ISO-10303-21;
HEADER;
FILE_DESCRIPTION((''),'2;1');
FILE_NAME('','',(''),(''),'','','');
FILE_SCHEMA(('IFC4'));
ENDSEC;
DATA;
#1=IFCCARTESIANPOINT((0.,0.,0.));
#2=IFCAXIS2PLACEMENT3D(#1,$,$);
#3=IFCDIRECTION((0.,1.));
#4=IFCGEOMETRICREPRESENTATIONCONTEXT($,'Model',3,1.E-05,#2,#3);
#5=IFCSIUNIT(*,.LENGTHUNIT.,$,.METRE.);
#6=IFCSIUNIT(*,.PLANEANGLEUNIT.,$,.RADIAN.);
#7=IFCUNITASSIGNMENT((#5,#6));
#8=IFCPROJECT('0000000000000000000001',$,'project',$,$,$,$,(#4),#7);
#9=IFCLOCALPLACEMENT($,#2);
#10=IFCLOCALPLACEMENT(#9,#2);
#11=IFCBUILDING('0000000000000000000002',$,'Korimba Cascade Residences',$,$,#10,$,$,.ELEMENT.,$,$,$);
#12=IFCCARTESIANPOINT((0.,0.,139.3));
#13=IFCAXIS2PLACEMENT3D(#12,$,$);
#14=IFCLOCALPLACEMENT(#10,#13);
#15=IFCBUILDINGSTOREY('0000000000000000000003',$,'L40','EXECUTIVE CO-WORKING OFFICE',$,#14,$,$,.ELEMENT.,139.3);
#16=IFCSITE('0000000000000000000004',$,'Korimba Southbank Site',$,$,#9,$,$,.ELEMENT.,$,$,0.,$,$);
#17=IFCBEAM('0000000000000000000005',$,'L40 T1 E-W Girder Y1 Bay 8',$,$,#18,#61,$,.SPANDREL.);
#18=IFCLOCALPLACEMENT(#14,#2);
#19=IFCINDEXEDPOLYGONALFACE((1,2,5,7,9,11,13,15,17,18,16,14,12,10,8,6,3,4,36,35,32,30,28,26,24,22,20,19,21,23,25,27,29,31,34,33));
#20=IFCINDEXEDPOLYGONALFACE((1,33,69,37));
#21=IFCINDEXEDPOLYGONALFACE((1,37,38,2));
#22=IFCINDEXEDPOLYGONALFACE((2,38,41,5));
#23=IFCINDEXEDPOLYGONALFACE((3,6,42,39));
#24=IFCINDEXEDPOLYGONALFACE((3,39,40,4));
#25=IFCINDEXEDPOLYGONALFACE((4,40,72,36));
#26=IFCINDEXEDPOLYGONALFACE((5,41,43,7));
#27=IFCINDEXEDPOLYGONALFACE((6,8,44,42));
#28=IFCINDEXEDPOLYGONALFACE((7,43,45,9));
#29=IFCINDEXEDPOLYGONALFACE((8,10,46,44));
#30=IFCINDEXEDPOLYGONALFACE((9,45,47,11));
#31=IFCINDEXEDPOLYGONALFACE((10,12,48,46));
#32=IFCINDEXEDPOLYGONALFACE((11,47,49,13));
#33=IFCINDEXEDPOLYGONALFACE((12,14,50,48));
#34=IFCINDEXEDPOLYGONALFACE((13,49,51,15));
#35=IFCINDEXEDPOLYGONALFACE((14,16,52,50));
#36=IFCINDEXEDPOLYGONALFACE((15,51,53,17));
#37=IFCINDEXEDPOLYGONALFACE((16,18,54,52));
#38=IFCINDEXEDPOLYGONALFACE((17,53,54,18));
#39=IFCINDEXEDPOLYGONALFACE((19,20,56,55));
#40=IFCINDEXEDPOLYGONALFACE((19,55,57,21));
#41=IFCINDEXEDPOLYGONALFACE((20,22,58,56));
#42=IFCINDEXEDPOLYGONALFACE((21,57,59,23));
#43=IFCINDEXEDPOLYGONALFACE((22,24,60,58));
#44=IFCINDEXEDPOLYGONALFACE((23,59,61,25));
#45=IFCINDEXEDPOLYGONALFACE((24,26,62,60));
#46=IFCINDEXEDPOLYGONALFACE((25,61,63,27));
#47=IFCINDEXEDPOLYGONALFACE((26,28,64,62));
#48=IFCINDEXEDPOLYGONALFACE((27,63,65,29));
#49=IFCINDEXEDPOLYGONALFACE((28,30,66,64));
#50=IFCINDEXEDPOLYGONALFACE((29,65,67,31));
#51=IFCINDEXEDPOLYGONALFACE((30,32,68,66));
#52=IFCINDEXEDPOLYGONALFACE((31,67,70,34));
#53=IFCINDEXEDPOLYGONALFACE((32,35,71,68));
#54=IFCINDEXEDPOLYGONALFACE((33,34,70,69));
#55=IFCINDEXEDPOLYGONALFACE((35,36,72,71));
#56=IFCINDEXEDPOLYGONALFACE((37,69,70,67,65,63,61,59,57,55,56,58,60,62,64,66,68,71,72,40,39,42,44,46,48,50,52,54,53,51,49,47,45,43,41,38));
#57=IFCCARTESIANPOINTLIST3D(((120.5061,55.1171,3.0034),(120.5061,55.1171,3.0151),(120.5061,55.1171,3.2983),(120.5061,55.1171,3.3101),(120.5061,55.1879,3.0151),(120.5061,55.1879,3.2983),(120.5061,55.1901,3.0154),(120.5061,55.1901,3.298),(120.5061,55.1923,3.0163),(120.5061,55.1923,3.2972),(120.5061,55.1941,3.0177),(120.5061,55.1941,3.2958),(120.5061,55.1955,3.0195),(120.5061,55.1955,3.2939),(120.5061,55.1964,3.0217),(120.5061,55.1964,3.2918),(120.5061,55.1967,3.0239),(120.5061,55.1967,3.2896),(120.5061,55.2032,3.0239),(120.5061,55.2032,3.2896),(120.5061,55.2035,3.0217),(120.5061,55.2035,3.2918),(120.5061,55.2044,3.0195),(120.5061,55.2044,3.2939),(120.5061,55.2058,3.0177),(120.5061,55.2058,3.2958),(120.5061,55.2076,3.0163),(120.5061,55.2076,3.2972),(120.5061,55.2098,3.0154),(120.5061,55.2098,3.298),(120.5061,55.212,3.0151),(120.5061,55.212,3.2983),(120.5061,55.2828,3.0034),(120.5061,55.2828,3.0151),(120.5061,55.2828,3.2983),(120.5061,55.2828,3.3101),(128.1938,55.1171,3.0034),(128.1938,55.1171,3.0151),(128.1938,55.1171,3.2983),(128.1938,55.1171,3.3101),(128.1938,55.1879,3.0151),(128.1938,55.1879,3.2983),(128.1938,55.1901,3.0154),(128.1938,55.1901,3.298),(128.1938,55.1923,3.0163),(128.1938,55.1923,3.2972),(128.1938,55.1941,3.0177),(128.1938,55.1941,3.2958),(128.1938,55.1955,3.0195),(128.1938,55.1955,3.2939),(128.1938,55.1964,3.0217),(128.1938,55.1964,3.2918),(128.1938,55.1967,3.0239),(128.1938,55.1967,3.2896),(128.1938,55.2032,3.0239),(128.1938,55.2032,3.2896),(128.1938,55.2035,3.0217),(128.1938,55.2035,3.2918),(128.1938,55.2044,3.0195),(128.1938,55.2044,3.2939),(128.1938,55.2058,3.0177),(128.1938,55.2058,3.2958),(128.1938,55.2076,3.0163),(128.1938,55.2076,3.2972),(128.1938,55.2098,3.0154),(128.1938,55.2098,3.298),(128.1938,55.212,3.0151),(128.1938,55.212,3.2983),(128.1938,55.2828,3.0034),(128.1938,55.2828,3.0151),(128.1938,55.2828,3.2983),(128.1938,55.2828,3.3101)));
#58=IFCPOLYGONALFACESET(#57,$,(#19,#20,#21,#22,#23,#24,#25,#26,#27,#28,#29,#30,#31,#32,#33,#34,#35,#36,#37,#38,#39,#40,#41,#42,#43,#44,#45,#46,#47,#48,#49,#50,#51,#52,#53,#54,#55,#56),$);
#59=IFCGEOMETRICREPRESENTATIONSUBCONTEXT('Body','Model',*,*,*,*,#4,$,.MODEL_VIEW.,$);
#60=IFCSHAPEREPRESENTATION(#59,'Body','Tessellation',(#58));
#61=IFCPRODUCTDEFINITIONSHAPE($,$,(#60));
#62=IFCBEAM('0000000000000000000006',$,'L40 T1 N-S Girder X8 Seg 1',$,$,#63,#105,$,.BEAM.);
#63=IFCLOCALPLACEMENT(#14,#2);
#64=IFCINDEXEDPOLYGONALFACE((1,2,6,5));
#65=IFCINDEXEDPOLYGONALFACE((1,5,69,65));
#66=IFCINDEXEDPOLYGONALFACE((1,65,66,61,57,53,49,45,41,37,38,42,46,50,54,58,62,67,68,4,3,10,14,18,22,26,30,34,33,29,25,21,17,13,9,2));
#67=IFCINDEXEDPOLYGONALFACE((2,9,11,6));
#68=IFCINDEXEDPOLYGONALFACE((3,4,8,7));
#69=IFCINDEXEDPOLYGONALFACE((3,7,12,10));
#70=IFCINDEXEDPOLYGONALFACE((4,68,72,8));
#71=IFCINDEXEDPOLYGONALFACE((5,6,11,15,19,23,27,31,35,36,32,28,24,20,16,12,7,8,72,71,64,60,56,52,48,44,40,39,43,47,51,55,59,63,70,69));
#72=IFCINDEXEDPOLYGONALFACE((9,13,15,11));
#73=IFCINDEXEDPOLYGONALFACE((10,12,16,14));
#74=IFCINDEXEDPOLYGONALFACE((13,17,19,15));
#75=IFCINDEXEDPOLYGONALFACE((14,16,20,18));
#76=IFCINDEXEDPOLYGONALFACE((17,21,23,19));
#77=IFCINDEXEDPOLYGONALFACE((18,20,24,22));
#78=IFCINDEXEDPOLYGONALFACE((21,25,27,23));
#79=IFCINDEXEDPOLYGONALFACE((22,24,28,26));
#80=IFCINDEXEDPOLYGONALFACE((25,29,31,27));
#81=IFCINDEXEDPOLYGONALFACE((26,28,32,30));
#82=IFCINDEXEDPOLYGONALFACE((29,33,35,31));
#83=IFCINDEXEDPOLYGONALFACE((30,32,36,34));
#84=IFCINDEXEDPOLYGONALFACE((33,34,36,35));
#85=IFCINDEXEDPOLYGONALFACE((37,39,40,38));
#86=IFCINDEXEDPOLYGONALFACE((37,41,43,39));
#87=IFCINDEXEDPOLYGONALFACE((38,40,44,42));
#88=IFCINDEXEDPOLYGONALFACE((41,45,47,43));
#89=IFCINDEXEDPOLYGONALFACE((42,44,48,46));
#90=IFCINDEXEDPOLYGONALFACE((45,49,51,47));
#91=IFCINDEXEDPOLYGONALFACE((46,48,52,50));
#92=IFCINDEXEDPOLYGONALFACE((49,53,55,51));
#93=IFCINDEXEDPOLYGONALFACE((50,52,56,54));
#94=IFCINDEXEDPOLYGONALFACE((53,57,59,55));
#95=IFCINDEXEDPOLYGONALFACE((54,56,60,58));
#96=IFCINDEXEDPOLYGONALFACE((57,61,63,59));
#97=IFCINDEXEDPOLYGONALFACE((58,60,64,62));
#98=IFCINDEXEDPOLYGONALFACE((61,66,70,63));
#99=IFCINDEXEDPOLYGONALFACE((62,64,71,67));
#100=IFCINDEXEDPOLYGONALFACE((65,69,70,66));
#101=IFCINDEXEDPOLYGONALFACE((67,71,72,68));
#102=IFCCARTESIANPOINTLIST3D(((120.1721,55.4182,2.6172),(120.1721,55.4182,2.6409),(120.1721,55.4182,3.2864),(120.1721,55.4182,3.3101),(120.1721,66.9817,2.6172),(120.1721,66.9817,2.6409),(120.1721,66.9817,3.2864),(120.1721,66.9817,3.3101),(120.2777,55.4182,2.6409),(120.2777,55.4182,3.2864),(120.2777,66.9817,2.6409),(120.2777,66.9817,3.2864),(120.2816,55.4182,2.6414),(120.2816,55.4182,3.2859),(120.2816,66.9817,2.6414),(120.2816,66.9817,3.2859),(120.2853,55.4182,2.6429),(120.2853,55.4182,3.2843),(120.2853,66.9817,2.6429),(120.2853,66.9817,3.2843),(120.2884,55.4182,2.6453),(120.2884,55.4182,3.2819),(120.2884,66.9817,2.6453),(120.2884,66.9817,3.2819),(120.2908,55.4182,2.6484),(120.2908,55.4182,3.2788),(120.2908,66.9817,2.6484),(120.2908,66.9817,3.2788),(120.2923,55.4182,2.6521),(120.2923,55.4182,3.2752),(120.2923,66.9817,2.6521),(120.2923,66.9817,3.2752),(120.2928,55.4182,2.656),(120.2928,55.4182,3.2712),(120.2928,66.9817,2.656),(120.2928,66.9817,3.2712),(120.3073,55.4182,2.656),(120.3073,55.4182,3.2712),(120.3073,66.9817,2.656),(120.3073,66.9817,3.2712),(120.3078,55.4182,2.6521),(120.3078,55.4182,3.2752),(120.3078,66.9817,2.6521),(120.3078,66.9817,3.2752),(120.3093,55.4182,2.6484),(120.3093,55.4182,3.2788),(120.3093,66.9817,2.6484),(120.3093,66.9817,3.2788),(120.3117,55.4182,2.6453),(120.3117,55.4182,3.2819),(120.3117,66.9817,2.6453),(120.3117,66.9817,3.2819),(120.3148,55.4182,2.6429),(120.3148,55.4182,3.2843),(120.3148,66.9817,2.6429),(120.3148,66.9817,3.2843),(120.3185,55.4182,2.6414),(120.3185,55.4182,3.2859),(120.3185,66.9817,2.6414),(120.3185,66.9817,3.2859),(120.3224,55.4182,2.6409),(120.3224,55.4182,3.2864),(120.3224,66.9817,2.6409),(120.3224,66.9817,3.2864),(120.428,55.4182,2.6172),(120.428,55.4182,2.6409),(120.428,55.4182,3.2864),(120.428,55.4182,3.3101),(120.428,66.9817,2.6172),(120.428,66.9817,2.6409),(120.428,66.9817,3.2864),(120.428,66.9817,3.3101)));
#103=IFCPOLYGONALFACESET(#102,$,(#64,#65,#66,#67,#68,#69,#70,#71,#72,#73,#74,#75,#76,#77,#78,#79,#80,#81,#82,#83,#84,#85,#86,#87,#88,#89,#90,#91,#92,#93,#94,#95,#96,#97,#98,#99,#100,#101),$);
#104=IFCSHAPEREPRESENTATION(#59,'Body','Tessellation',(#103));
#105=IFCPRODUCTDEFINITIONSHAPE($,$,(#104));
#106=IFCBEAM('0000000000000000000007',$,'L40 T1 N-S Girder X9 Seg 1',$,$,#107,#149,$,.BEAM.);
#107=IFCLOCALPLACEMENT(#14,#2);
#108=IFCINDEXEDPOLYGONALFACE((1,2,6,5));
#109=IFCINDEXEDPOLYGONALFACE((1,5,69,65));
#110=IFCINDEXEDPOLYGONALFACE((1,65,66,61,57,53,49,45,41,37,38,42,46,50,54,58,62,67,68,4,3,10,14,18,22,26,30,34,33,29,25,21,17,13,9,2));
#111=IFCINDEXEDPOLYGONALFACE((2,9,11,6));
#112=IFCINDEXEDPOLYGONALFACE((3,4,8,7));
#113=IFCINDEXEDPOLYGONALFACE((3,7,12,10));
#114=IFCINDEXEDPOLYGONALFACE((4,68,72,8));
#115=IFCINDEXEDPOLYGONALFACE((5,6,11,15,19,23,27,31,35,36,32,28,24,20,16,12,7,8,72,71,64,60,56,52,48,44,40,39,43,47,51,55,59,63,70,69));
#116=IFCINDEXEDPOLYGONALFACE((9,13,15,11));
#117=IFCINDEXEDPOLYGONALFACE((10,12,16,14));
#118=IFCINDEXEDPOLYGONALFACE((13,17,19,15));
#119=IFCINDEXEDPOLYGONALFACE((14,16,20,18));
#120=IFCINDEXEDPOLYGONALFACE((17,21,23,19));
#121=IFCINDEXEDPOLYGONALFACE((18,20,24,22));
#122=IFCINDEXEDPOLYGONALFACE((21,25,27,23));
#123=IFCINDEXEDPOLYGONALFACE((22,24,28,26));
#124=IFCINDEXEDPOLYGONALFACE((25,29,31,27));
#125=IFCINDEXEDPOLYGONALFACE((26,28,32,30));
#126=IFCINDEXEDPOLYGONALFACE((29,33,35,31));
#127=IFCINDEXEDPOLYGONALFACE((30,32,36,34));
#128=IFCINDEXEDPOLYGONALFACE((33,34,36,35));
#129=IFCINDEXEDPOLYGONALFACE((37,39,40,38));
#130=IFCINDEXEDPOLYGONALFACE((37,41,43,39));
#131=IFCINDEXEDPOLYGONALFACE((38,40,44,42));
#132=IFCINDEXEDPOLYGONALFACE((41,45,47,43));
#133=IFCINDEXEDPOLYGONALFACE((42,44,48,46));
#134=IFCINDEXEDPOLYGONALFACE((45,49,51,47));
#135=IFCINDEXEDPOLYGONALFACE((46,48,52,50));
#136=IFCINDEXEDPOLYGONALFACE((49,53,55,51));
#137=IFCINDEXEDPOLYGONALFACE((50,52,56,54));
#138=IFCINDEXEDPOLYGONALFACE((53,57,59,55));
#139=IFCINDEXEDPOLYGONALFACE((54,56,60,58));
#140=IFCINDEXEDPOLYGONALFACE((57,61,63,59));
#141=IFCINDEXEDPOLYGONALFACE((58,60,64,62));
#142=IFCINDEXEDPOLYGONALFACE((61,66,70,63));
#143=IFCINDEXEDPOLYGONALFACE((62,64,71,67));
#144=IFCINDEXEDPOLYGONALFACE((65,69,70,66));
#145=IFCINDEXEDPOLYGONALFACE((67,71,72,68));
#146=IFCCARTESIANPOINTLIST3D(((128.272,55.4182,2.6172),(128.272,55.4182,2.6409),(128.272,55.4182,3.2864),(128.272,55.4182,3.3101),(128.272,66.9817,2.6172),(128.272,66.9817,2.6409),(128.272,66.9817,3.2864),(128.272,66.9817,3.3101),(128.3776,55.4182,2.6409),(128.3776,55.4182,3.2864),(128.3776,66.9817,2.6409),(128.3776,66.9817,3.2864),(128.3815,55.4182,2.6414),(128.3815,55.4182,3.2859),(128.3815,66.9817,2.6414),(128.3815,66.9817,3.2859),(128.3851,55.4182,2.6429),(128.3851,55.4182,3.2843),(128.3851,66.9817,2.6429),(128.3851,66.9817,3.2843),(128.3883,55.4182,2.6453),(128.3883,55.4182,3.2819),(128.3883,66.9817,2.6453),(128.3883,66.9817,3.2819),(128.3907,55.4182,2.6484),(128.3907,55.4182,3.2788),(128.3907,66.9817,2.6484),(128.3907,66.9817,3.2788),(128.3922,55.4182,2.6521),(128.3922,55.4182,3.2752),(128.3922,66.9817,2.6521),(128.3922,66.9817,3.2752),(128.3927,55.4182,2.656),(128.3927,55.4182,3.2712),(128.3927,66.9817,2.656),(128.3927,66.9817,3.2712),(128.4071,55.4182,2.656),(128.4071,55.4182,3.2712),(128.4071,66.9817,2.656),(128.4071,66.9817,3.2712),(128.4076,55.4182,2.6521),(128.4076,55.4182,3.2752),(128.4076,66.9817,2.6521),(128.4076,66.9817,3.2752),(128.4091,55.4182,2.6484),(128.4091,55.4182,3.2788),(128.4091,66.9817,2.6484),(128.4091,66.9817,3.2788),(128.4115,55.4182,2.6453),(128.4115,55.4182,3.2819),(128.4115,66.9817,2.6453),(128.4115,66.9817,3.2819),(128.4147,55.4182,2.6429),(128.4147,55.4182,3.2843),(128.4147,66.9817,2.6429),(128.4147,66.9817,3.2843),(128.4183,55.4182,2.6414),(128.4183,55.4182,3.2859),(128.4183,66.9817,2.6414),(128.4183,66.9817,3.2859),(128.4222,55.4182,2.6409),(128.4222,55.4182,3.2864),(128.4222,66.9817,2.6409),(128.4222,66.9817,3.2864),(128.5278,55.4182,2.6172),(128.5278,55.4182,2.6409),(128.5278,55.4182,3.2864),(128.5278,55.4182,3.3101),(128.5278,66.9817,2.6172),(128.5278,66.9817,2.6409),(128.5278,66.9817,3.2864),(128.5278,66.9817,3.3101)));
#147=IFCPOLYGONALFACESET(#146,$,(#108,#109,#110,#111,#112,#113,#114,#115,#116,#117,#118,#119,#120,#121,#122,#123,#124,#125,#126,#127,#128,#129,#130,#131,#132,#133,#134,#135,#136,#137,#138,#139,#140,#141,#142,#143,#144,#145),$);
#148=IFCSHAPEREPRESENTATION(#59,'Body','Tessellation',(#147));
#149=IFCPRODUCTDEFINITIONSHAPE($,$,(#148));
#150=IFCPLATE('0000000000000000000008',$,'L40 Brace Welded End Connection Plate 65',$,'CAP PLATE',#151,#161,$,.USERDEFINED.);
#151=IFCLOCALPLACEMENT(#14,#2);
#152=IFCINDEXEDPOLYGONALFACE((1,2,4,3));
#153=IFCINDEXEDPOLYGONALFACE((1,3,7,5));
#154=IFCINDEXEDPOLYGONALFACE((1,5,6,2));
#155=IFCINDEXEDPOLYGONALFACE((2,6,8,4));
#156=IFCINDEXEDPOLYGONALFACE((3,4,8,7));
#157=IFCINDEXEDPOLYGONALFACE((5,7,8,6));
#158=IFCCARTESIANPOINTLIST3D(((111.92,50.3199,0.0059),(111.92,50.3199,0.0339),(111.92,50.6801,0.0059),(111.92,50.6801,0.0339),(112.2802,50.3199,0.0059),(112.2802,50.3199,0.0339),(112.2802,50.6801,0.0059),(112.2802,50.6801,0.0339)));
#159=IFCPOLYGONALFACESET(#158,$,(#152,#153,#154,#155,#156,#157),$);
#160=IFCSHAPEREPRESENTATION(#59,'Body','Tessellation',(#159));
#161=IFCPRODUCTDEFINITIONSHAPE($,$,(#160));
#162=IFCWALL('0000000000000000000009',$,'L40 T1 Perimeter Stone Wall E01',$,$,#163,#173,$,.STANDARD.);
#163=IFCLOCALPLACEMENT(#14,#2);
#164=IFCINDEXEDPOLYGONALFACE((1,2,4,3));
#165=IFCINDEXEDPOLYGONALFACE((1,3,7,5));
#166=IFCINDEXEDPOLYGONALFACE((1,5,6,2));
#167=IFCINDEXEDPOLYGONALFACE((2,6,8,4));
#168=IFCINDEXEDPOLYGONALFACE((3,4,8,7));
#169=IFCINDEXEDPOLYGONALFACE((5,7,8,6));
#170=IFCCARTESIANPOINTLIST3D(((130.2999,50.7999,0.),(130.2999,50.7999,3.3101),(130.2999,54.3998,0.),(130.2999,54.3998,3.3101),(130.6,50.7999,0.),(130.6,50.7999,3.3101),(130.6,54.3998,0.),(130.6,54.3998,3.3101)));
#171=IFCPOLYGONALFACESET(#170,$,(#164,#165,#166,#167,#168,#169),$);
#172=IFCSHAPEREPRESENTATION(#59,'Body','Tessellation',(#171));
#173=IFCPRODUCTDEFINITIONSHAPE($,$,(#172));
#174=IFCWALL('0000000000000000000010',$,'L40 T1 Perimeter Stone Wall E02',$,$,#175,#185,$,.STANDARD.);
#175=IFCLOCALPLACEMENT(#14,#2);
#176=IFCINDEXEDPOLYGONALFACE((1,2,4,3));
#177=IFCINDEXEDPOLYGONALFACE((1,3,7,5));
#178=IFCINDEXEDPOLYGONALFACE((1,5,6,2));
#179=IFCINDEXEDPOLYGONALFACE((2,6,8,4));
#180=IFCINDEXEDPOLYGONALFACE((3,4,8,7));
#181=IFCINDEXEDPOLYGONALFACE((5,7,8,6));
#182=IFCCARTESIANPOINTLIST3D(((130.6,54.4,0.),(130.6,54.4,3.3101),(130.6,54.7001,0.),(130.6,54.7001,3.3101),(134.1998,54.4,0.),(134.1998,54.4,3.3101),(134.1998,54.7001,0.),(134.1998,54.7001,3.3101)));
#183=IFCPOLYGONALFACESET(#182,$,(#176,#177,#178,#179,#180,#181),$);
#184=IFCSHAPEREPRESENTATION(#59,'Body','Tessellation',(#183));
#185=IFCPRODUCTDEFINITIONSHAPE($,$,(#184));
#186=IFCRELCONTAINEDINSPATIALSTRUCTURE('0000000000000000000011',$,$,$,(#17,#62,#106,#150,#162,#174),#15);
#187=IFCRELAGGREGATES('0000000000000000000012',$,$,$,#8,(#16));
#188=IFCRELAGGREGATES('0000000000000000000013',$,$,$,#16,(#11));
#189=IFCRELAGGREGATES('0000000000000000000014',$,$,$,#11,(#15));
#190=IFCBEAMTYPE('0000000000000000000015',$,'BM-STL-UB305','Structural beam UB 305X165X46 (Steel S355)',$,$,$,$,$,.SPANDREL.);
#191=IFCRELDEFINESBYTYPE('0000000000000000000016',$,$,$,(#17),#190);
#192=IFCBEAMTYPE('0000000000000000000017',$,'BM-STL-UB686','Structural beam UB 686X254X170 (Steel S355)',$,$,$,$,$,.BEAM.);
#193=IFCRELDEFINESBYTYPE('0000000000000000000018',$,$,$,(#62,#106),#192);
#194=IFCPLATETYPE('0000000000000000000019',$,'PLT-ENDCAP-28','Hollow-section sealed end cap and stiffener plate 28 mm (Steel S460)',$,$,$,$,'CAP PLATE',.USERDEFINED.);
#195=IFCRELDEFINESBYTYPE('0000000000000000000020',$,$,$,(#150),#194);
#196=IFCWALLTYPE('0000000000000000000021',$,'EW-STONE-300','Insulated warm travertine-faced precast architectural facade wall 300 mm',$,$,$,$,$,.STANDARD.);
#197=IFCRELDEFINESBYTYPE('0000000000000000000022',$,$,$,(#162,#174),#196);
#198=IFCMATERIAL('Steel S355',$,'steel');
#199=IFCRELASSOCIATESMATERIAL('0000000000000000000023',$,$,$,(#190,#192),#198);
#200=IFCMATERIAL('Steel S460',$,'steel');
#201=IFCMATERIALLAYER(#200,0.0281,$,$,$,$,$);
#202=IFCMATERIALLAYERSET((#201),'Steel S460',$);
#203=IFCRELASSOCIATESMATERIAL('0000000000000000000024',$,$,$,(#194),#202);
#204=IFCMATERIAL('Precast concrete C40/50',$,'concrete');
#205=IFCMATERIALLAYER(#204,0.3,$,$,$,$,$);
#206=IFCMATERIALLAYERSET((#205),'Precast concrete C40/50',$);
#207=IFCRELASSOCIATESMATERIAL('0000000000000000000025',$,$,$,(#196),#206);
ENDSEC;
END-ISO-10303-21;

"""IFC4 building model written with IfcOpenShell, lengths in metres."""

from ifc_helpers import new_model, si_unit, direction, frame, frame_2d, origin, origin_2d, place, context, subcontext, project, spatial, rectangle, i_section, extrude, material, layer, layer_set, material_profile, profile_set, type_object, element, save


model = new_model("IFC4")

# Units and contexts
model_context = context("Model", 3, precision=1e-05, world=origin(), true_north=direction((0.0, 1.0)))
body_context = subcontext(model_context, "Body", "Model", "MODEL_VIEW")
ifc_project = project(units=[si_unit("LENGTHUNIT", "METRE"), si_unit("PLANEANGLEUNIT", "RADIAN")], contexts=[model_context])

# Site, building, storey
site_placement = place(None, origin())
site = spatial("IfcSite", under=ifc_project, at=site_placement, Name="Korimba Southbank Site", CompositionType="ELEMENT", RefElevation=0.0)
building_placement = place(site_placement, origin())
building = spatial("IfcBuilding", under=site, at=building_placement, Name="Korimba Cascade Residences", CompositionType="ELEMENT")
storey_placement = place(building_placement, frame((0.0, 0.0, 139.3)))
storey = spatial("IfcBuildingStorey", under=building, at=storey_placement, Name="L40", Description="EXECUTIVE CO-WORKING OFFICE", CompositionType="ELEMENT", Elevation=139.3)

# Shared definitions
ifc_material_1 = material(Name="Steel S460", Category="steel")

# Beams
ifc_material_2 = material(Name="Steel S355", Category="steel")
ifc_material_profile_1 = material_profile(ifc_material_2, i_section(OverallWidth=0.1658, OverallDepth=0.3066, WebThickness=0.0066, FlangeThickness=0.0117, FilletRadius=0.0088, at=origin_2d()), Name="Steel S355")
ifc_profile_set_1 = profile_set([ifc_material_profile_1], Name="Steel S355")
beam_type_1 = type_object("IfcBeamType", Name="BM-STL-UB305", Description="Structural beam UB 305X165X46 (Steel S355)", PredefinedType="SPANDREL", material=ifc_profile_set_1)
beam_1_placement = place(storey_placement, frame((120.5061, 55.2, 3.1567), z_axis=(1.0, 0.0, 0.0), x_axis=(0.0, 1.0, 0.0)))
element("IfcBeam", 1, at=beam_1_placement, inside=storey, type_object=beam_type_1, Name="L40 T1 E-W Girder Y1 Bay 8", PredefinedType="SPANDREL", context=body_context, shape_type="SweptSolid", body=[
    extrude(i_section(OverallWidth=0.1658, OverallDepth=0.3066, WebThickness=0.0066, FlangeThickness=0.0117, FilletRadius=0.0088, at=origin_2d()), origin(), (0.0, 0.0, 1.0), 7.6877),
])
ifc_material_profile_2 = material_profile(ifc_material_2, i_section(OverallWidth=0.2559, OverallDepth=0.6929, WebThickness=0.0144, FlangeThickness=0.0237, FilletRadius=0.0151, at=origin_2d()), Name="Steel S355")
ifc_profile_set_2 = profile_set([ifc_material_profile_2], Name="Steel S355")
beam_type_2 = type_object("IfcBeamType", Name="BM-STL-UB686", Description="Structural beam UB 686X254X170 (Steel S355)", PredefinedType="BEAM", material=ifc_profile_set_2)
for number, where, z_axis, x_axis, name in (
    (2, (120.3, 55.4182, 2.9636), (0.0, 1.0, 0.0), (-1.0, 0.0, 0.0), "L40 T1 N-S Girder X8 Seg 1"),
    (3, (128.3999, 55.4182, 2.9636), (0.0, 1.0, 0.0), (-1.0, 0.0, 0.0), "L40 T1 N-S Girder X9 Seg 1"),
):
    element("IfcBeam", number, at=place(storey_placement, frame(where, z_axis=z_axis, x_axis=x_axis)), inside=storey, type_object=beam_type_2, Name=name, PredefinedType="BEAM", context=body_context, shape_type="SweptSolid", body=[
        extrude(i_section(OverallWidth=0.2559, OverallDepth=0.6929, WebThickness=0.0144, FlangeThickness=0.0237, FilletRadius=0.0151, at=origin_2d()), origin(), (0.0, 0.0, 1.0), 11.5635),
    ])

# Plate
ifc_layer_1 = layer(ifc_material_1, 0.0281)
ifc_layer_set_1 = layer_set([ifc_layer_1], Name="Steel S460")
plate_type = type_object("IfcPlateType", Name="PLT-ENDCAP-28", Description="Hollow-section sealed end cap and stiffener plate 28 mm (Steel S460)", ElementType="CAP PLATE", PredefinedType="USERDEFINED", material=ifc_layer_set_1)
plate_placement = place(storey_placement, frame((112.1001, 50.5, 0.0059), z_axis=(0.0, 0.0, 1.0), x_axis=(1.0, 0.0, 0.0)))
element("IfcPlate", 4, at=plate_placement, inside=storey, type_object=plate_type, Name="L40 Brace Welded End Connection Plate 65", ObjectType="CAP PLATE", PredefinedType="USERDEFINED", context=body_context, shape_type="SweptSolid", body=[
    extrude(rectangle(XDim=0.3601, YDim=0.3601, at=origin_2d()), origin(), (0.0, 0.0, 1.0), 0.0281),
])

# Walls
ifc_material_3 = material(Name="Precast concrete C40/50", Category="concrete")
ifc_layer_2 = layer(ifc_material_3, 0.3)
ifc_layer_set_2 = layer_set([ifc_layer_2], Name="Precast concrete C40/50")
wall_type_1 = type_object("IfcWallType", Name="EW-STONE-300", Description="Insulated warm travertine-faced precast architectural facade wall 300 mm", PredefinedType="STANDARD", material=ifc_layer_set_2)
for number, where, z_axis, x_axis, name in (
    (5, (130.45, 50.8, 0.0), (0.0, 0.0, 1.0), (0.0, 1.0, 0.0), "L40 T1 Perimeter Stone Wall E01"),
    (6, (130.6001, 54.55, 0.0), (0.0, 0.0, 1.0), (1.0, 0.0, 0.0), "L40 T1 Perimeter Stone Wall E02"),
):
    element("IfcWall", number, at=place(storey_placement, frame(where, z_axis=z_axis, x_axis=x_axis)), inside=storey, type_object=wall_type_1, Name=name, PredefinedType="STANDARD", context=body_context, shape_type="SweptSolid", body=[
        extrude(rectangle(XDim=3.5999, YDim=0.3, at=frame_2d((1.7998, 0.0))), origin(), (0.0, 0.0, 1.0), 3.3101),
    ])

save(model, "model.ifc")
